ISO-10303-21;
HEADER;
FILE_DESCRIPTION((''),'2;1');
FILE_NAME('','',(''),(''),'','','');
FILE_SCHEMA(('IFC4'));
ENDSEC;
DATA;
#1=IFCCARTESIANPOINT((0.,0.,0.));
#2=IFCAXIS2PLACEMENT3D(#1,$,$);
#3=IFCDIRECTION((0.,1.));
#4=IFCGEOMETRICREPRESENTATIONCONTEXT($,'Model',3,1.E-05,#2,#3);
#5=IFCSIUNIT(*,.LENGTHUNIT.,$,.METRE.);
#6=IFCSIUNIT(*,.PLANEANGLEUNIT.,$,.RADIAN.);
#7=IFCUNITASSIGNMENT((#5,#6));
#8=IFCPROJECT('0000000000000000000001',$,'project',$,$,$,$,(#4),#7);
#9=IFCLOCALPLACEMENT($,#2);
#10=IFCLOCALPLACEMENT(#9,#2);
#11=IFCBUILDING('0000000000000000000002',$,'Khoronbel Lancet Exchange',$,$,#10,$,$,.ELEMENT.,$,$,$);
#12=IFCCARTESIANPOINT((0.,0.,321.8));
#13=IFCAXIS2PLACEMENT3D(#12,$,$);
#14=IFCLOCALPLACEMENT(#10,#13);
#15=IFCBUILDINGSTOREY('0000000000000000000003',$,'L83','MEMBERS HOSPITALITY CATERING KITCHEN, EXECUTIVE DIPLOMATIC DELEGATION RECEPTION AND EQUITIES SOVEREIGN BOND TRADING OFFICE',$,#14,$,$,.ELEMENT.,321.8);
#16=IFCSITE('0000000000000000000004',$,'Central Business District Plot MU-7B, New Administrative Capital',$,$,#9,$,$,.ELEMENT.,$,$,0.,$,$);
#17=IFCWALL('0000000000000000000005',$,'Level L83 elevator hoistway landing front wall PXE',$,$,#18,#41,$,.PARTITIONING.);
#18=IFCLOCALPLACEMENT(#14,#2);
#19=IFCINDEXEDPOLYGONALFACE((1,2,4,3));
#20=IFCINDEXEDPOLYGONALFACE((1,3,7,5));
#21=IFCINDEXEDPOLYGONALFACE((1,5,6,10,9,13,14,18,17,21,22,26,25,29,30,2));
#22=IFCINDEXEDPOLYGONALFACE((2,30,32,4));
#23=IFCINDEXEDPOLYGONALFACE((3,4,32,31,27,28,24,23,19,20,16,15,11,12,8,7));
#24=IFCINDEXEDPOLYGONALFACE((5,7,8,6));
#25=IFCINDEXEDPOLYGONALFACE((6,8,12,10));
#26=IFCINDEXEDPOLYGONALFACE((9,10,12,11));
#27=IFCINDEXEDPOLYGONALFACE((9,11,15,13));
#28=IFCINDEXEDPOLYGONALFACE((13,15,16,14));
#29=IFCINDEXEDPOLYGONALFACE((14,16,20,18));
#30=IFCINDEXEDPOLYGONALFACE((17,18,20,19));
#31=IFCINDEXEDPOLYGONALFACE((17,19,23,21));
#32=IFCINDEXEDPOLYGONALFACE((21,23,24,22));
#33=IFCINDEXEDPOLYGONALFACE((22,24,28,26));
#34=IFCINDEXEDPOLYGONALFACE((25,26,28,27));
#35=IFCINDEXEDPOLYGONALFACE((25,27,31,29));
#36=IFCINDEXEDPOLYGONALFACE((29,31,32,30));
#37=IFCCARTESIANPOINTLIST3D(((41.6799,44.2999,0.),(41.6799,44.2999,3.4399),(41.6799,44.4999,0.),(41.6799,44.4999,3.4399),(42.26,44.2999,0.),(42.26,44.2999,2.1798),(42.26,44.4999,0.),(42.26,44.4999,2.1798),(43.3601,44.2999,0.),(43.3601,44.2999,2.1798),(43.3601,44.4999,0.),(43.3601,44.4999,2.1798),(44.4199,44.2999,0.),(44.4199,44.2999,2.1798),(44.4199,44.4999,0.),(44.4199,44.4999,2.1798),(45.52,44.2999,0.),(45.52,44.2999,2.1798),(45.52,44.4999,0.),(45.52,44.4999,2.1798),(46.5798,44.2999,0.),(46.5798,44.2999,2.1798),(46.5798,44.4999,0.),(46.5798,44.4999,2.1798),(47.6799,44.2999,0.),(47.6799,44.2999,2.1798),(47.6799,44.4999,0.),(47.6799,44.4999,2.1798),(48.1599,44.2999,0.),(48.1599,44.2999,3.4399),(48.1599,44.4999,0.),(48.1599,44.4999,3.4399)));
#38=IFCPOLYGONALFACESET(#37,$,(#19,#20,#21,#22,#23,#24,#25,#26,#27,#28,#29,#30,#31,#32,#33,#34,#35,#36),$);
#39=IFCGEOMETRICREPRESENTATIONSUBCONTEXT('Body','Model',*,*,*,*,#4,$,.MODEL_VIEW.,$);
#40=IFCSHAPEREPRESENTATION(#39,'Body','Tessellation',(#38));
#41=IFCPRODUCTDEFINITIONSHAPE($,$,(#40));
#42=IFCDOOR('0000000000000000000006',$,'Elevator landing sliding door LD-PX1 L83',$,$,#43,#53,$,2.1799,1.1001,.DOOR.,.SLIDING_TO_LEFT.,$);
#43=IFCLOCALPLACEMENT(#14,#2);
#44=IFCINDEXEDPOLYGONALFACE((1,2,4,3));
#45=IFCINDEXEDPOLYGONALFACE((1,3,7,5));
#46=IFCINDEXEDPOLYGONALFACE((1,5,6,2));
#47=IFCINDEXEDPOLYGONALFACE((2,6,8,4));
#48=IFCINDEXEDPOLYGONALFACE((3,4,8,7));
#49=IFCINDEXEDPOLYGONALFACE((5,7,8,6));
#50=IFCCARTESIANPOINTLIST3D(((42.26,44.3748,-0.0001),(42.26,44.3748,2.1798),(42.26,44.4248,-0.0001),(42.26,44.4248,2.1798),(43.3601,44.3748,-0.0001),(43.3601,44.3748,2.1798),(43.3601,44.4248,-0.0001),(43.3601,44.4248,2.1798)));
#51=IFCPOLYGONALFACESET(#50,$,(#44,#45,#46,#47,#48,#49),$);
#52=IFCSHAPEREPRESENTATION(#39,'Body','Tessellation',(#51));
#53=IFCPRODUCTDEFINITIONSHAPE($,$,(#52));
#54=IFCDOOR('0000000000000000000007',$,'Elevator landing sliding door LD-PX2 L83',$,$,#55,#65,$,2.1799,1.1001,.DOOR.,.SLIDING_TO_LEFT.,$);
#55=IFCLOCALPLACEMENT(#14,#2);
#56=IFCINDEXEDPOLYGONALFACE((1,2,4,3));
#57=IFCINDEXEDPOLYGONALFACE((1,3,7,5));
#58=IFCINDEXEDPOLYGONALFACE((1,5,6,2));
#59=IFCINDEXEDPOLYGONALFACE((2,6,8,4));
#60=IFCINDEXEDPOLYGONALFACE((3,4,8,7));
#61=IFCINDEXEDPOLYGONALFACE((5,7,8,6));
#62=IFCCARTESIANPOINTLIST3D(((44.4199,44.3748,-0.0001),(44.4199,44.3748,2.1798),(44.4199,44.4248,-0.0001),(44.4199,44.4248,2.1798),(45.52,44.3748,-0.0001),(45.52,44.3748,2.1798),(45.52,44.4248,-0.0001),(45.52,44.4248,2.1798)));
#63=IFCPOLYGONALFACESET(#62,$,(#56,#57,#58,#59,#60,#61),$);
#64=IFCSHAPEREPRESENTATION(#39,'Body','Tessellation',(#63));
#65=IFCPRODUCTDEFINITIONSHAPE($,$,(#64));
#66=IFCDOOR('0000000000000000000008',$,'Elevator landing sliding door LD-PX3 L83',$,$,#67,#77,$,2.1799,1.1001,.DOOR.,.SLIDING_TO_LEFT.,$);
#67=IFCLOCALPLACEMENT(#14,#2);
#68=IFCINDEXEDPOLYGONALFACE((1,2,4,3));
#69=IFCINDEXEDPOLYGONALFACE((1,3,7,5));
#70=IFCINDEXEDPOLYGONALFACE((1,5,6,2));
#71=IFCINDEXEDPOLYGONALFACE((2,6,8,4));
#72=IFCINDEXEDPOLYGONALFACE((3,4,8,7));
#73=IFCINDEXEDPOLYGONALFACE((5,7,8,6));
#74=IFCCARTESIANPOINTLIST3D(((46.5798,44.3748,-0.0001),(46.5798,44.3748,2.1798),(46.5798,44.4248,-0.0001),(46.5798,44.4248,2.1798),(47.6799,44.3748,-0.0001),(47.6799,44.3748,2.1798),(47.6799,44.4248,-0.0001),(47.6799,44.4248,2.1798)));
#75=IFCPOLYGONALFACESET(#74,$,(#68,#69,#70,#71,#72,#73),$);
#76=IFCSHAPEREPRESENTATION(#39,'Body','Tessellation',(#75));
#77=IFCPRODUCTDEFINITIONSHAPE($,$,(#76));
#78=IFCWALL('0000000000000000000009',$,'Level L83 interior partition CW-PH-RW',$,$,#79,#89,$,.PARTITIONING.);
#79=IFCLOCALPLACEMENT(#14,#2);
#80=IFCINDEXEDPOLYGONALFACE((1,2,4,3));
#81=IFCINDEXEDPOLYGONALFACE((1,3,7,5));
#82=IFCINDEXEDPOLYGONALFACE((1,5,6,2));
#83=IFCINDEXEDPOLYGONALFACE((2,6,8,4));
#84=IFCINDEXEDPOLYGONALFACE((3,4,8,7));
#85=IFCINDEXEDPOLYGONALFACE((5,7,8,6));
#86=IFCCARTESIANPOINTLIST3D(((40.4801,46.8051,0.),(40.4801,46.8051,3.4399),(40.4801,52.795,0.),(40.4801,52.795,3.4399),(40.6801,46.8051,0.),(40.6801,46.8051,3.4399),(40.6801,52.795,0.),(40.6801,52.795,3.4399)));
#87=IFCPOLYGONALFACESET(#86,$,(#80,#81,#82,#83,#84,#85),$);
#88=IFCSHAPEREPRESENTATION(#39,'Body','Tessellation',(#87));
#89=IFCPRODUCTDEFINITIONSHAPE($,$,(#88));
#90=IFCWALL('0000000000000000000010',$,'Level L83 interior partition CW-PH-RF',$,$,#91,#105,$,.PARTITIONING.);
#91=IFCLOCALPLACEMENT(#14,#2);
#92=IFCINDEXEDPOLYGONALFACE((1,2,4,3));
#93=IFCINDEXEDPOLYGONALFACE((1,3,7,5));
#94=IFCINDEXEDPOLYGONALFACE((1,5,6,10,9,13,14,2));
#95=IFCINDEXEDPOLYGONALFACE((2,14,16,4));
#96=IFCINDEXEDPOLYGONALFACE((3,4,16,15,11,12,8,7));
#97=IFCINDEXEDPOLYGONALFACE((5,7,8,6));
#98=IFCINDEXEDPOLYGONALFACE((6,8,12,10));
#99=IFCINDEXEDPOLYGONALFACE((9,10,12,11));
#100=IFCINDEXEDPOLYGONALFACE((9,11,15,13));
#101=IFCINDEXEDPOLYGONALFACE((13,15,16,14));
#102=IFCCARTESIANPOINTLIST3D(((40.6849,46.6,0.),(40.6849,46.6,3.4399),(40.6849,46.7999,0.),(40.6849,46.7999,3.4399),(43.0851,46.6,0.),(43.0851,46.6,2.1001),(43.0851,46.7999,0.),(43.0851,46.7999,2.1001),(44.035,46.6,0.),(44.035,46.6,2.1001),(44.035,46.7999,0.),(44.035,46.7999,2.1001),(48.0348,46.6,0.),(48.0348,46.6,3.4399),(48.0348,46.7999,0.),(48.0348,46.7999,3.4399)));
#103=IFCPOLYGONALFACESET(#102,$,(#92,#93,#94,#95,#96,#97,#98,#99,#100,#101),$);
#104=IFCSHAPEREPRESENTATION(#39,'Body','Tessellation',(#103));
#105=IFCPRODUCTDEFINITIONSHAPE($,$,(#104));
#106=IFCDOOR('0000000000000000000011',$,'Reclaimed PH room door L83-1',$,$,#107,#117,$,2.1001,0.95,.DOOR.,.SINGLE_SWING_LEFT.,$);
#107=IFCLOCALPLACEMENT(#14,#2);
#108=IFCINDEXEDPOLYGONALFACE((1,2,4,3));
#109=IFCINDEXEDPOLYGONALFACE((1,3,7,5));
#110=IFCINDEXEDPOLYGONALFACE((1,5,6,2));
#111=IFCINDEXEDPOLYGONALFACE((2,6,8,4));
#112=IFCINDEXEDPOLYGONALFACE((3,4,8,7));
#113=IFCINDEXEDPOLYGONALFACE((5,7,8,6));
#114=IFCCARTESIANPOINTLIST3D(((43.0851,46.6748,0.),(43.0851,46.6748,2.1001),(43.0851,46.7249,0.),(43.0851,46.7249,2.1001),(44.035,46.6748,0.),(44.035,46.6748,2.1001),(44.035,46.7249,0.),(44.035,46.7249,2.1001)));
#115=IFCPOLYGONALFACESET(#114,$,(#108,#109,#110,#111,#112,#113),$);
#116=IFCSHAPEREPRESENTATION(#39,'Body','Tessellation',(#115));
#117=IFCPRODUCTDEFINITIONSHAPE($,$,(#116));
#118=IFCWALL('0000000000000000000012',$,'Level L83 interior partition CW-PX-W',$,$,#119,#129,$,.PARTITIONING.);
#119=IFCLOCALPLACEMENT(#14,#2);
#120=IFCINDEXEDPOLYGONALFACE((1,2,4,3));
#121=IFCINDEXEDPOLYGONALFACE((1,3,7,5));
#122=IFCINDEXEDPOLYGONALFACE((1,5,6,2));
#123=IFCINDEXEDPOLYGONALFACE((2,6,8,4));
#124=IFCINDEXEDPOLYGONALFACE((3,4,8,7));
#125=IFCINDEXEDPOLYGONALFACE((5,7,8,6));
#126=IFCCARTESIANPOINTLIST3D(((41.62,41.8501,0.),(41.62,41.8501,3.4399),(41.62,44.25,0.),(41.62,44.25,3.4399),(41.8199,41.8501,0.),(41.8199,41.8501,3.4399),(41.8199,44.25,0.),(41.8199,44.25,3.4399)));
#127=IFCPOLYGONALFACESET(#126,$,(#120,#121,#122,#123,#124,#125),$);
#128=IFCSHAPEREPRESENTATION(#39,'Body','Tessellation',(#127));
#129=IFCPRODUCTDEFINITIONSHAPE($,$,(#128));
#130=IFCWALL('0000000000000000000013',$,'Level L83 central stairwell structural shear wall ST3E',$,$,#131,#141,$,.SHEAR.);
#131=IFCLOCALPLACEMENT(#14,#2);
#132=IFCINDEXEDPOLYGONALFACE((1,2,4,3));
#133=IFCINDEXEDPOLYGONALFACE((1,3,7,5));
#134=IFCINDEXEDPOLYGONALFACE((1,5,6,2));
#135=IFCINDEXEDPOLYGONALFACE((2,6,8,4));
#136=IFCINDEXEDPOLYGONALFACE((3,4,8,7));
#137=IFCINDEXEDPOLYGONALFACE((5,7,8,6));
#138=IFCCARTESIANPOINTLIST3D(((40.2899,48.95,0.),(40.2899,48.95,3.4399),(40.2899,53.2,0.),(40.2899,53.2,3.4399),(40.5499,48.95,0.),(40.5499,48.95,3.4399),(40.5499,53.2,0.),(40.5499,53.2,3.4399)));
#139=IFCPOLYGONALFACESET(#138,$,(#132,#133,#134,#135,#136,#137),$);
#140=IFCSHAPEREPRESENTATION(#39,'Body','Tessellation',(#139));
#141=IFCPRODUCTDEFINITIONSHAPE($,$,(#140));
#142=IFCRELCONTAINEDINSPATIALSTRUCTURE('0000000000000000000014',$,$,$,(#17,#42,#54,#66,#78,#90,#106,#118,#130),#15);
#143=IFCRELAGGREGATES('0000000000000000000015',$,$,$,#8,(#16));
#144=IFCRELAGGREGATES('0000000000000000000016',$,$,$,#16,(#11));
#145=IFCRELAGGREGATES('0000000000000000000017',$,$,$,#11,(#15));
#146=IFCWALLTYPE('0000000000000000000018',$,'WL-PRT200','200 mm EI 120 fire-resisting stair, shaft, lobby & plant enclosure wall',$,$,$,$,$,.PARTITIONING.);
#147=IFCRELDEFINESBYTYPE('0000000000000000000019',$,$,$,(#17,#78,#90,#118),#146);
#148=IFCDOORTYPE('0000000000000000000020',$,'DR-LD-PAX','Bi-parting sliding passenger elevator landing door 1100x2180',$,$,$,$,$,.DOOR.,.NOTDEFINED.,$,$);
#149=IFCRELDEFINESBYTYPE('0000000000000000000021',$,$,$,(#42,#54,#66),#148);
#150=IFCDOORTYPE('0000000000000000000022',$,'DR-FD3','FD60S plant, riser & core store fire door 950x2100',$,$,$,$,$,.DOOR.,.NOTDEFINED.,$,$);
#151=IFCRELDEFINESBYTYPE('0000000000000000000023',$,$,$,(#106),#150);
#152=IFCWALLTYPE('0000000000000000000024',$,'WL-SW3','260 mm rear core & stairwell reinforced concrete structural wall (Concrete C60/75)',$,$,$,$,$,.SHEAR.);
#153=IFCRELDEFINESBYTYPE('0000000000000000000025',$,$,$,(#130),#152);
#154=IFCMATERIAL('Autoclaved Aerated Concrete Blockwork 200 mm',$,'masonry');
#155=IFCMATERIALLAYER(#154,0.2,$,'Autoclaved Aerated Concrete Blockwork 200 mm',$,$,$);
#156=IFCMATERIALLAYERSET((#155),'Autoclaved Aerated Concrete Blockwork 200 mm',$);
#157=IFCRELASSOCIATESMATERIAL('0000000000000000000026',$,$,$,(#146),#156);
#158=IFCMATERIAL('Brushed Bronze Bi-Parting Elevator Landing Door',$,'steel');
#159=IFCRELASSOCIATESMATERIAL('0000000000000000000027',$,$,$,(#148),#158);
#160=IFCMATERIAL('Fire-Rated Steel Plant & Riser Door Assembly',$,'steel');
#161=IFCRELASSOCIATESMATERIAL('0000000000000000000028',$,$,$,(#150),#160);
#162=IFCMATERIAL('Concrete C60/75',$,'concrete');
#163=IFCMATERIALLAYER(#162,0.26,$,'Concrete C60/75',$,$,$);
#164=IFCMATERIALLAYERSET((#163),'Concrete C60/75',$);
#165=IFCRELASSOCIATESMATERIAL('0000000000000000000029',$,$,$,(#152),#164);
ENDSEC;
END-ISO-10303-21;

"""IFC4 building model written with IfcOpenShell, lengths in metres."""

from ifc_helpers import new_model, si_unit, direction, frame, frame_2d, origin, place, context, subcontext, project, spatial, rectangle, extrude, material, layer, layer_set, type_object, element, fill, save


model = new_model("IFC4")

# Units and contexts
model_context = context("Model", 3, precision=1e-05, world=origin(), true_north=direction((0.0, 1.0)))
body_context = subcontext(model_context, "Body", "Model", "MODEL_VIEW")
ifc_project = project(units=[si_unit("LENGTHUNIT", "METRE"), si_unit("PLANEANGLEUNIT", "RADIAN")], contexts=[model_context])

# Site, building, storey
site_placement = place(None, origin())
site = spatial("IfcSite", under=ifc_project, at=site_placement, Name="Central Business District Plot MU-7B, New Administrative Capital", CompositionType="ELEMENT", RefElevation=0.0)
building_placement = place(site_placement, origin())
building = spatial("IfcBuilding", under=site, at=building_placement, Name="Khoronbel Lancet Exchange", CompositionType="ELEMENT")
storey_placement = place(building_placement, frame((0.0, 0.0, 321.8)))
storey = spatial("IfcBuildingStorey", under=building, at=storey_placement, Name="L83", Description="MEMBERS HOSPITALITY CATERING KITCHEN, EXECUTIVE DIPLOMATIC DELEGATION RECEPTION AND EQUITIES SOVEREIGN BOND TRADING OFFICE", CompositionType="ELEMENT", Elevation=321.8)

# Shared definitions
ifc_material_1 = material(Name="Concrete C60/75", Category="concrete")

# Wall, openings, doors
ifc_material_2 = material(Name="Autoclaved Aerated Concrete Blockwork 200 mm", Category="masonry")
ifc_layer_1 = layer(ifc_material_2, 0.2, Name="Autoclaved Aerated Concrete Blockwork 200 mm")
ifc_layer_set_1 = layer_set([ifc_layer_1], Name="Autoclaved Aerated Concrete Blockwork 200 mm")
wall_type_1 = type_object("IfcWallType", Name="WL-PRT200", Description="200 mm EI 120 fire-resisting stair, shaft, lobby & plant enclosure wall", PredefinedType="PARTITIONING", material=ifc_layer_set_1)
wall_1_placement = place(storey_placement, frame((41.6799, 44.3999, 0.0), z_axis=(0.0, 0.0, 1.0), x_axis=(1.0, 0.0, 0.0)))
wall_1 = element("IfcWall", 1, at=wall_1_placement, inside=storey, type_object=wall_type_1, Name="Level L83 elevator hoistway landing front wall PXE", PredefinedType="PARTITIONING", context=body_context, shape_type="SweptSolid", body=[
    extrude(rectangle(XDim=6.48, YDim=0.2, at=frame_2d((3.24, 0.0))), origin(), (0.0, 0.0, 1.0), 3.4399),
])
opening_1_placement = place(wall_1_placement, frame((0.5801, 0.0, 0.0)))
opening_1 = element("IfcOpeningElement", 2, at=opening_1_placement, cuts=wall_1, PredefinedType="OPENING", context=body_context, shape_type="SweptSolid", body=[
    extrude(rectangle(XDim=1.1001, YDim=2.1799, at=frame_2d((0.55, 1.0898))), frame((0.0, 0.1099, 0.0), z_axis=(0.0, -1.0, 0.0), x_axis=(1.0, 0.0, 0.0)), (0.0, 0.0, 1.0), 0.22),
])
opening_2_placement = place(wall_1_placement, frame((2.74, 0.0, 0.0)))
opening_2 = element("IfcOpeningElement", 3, at=opening_2_placement, cuts=wall_1, PredefinedType="OPENING", context=body_context, shape_type="SweptSolid", body=[
    extrude(rectangle(XDim=1.1001, YDim=2.1799, at=frame_2d((0.55, 1.0898))), frame((0.0, 0.1099, 0.0), z_axis=(0.0, -1.0, 0.0), x_axis=(1.0, 0.0, 0.0)), (0.0, 0.0, 1.0), 0.22),
])
opening_3_placement = place(wall_1_placement, frame((4.8999, 0.0, 0.0)))
opening_3 = element("IfcOpeningElement", 4, at=opening_3_placement, cuts=wall_1, PredefinedType="OPENING", context=body_context, shape_type="SweptSolid", body=[
    extrude(rectangle(XDim=1.1001, YDim=2.1799, at=frame_2d((0.55, 1.0898))), frame((0.0, 0.1099, 0.0), z_axis=(0.0, -1.0, 0.0), x_axis=(1.0, 0.0, 0.0)), (0.0, 0.0, 1.0), 0.22),
])
ifc_material_3 = material(Name="Brushed Bronze Bi-Parting Elevator Landing Door", Category="steel")
door_type_1 = type_object("IfcDoorType", Name="DR-LD-PAX", Description="Bi-parting sliding passenger elevator landing door 1100x2180", OperationType="NOTDEFINED", PredefinedType="DOOR", material=ifc_material_3)
door_1_placement = place(opening_1_placement, origin())
door_1 = element("IfcDoor", 5, at=door_1_placement, inside=storey, type_object=door_type_1, Name="Elevator landing sliding door LD-PX1 L83", OperationType="SLIDING_TO_LEFT", OverallHeight=2.1799, OverallWidth=1.1001, PredefinedType="DOOR", context=body_context, shape_type="SweptSolid", body=[
    extrude(rectangle(XDim=1.1001, YDim=2.1799, at=frame_2d((0.55, 1.0898))), frame((0.0, 0.0249, 0.0), z_axis=(0.0, -1.0, 0.0), x_axis=(1.0, 0.0, 0.0)), (0.0, 0.0, 1.0), 0.05),
])
fill(opening_1, door_1)
door_2_placement = place(opening_2_placement, origin())
door_2 = element("IfcDoor", 6, at=door_2_placement, inside=storey, type_object=door_type_1, Name="Elevator landing sliding door LD-PX2 L83", OperationType="SLIDING_TO_LEFT", OverallHeight=2.1799, OverallWidth=1.1001, PredefinedType="DOOR", context=body_context, shape_type="SweptSolid", body=[
    extrude(rectangle(XDim=1.1001, YDim=2.1799, at=frame_2d((0.55, 1.0898))), frame((0.0, 0.0249, 0.0), z_axis=(0.0, -1.0, 0.0), x_axis=(1.0, 0.0, 0.0)), (0.0, 0.0, 1.0), 0.05),
])
fill(opening_2, door_2)
door_3_placement = place(opening_3_placement, origin())
door_3 = element("IfcDoor", 7, at=door_3_placement, inside=storey, type_object=door_type_1, Name="Elevator landing sliding door LD-PX3 L83", OperationType="SLIDING_TO_LEFT", OverallHeight=2.1799, OverallWidth=1.1001, PredefinedType="DOOR", context=body_context, shape_type="SweptSolid", body=[
    extrude(rectangle(XDim=1.1001, YDim=2.1799, at=frame_2d((0.55, 1.0898))), frame((0.0, 0.0249, 0.0), z_axis=(0.0, -1.0, 0.0), x_axis=(1.0, 0.0, 0.0)), (0.0, 0.0, 1.0), 0.05),
])
fill(opening_3, door_3)

# Wall
wall_2_placement = place(storey_placement, frame((40.5801, 46.8049, 0.0), z_axis=(0.0, 0.0, 1.0), x_axis=(0.0, 1.0, 0.0)))
element("IfcWall", 8, at=wall_2_placement, inside=storey, type_object=wall_type_1, Name="Level L83 interior partition CW-PH-RW", PredefinedType="PARTITIONING", context=body_context, shape_type="SweptSolid", body=[
    extrude(rectangle(XDim=5.99, YDim=0.2, at=frame_2d((2.9951, 0.0))), origin(), (0.0, 0.0, 1.0), 3.4399),
])

# Wall, opening, door
wall_3_placement = place(storey_placement, frame((40.6851, 46.7, 0.0), z_axis=(0.0, 0.0, 1.0), x_axis=(1.0, 0.0, 0.0)))
wall_3 = element("IfcWall", 9, at=wall_3_placement, inside=storey, type_object=wall_type_1, Name="Level L83 interior partition CW-PH-RF", PredefinedType="PARTITIONING", context=body_context, shape_type="SweptSolid", body=[
    extrude(rectangle(XDim=7.3499, YDim=0.2, at=frame_2d((3.6748, 0.0))), origin(), (0.0, 0.0, 1.0), 3.4399),
])
opening_4_placement = place(wall_3_placement, frame((2.3999, 0.0, 0.0)))
opening_4 = element("IfcOpeningElement", 10, at=opening_4_placement, cuts=wall_3, PredefinedType="OPENING", context=body_context, shape_type="SweptSolid", body=[
    extrude(rectangle(XDim=0.95, YDim=2.1001, at=frame_2d((0.4751, 1.05))), frame((0.0, 0.1099, 0.0), z_axis=(0.0, -1.0, 0.0), x_axis=(1.0, 0.0, 0.0)), (0.0, 0.0, 1.0), 0.22),
])
ifc_material_4 = material(Name="Fire-Rated Steel Plant & Riser Door Assembly", Category="steel")
door_type_2 = type_object("IfcDoorType", Name="DR-FD3", Description="FD60S plant, riser & core store fire door 950x2100", OperationType="NOTDEFINED", PredefinedType="DOOR", material=ifc_material_4)
door_4_placement = place(opening_4_placement, origin())
door_4 = element("IfcDoor", 11, at=door_4_placement, inside=storey, type_object=door_type_2, Name="Reclaimed PH room door L83-1", OperationType="SINGLE_SWING_LEFT", OverallHeight=2.1001, OverallWidth=0.95, PredefinedType="DOOR", context=body_context, shape_type="SweptSolid", body=[
    extrude(rectangle(XDim=0.95, YDim=2.1001, at=frame_2d((0.4751, 1.05))), frame((0.0, 0.0249, 0.0), z_axis=(0.0, -1.0, 0.0), x_axis=(1.0, 0.0, 0.0)), (0.0, 0.0, 1.0), 0.05),
])
fill(opening_4, door_4)

# Walls
wall_4_placement = place(storey_placement, frame((41.72, 41.8501, 0.0), z_axis=(0.0, 0.0, 1.0), x_axis=(0.0, 1.0, 0.0)))
element("IfcWall", 12, at=wall_4_placement, inside=storey, type_object=wall_type_1, Name="Level L83 interior partition CW-PX-W", PredefinedType="PARTITIONING", context=body_context, shape_type="SweptSolid", body=[
    extrude(rectangle(XDim=2.3999, YDim=0.2, at=frame_2d((1.2, 0.0))), origin(), (0.0, 0.0, 1.0), 3.4399),
])
ifc_layer_2 = layer(ifc_material_1, 0.26, Name="Concrete C60/75")
ifc_layer_set_2 = layer_set([ifc_layer_2], Name="Concrete C60/75")
wall_type_2 = type_object("IfcWallType", Name="WL-SW3", Description="260 mm rear core & stairwell reinforced concrete structural wall (Concrete C60/75)", PredefinedType="SHEAR", material=ifc_layer_set_2)
wall_5_placement = place(storey_placement, frame((40.4199, 48.95, 0.0), z_axis=(0.0, 0.0, 1.0), x_axis=(0.0, 1.0, 0.0)))
element("IfcWall", 13, at=wall_5_placement, inside=storey, type_object=wall_type_2, Name="Level L83 central stairwell structural shear wall ST3E", PredefinedType="SHEAR", context=body_context, shape_type="SweptSolid", body=[
    extrude(rectangle(XDim=4.25, YDim=0.26, at=frame_2d((2.125, 0.0))), origin(), (0.0, 0.0, 1.0), 3.4399),
])

save(model, "model.ifc")
